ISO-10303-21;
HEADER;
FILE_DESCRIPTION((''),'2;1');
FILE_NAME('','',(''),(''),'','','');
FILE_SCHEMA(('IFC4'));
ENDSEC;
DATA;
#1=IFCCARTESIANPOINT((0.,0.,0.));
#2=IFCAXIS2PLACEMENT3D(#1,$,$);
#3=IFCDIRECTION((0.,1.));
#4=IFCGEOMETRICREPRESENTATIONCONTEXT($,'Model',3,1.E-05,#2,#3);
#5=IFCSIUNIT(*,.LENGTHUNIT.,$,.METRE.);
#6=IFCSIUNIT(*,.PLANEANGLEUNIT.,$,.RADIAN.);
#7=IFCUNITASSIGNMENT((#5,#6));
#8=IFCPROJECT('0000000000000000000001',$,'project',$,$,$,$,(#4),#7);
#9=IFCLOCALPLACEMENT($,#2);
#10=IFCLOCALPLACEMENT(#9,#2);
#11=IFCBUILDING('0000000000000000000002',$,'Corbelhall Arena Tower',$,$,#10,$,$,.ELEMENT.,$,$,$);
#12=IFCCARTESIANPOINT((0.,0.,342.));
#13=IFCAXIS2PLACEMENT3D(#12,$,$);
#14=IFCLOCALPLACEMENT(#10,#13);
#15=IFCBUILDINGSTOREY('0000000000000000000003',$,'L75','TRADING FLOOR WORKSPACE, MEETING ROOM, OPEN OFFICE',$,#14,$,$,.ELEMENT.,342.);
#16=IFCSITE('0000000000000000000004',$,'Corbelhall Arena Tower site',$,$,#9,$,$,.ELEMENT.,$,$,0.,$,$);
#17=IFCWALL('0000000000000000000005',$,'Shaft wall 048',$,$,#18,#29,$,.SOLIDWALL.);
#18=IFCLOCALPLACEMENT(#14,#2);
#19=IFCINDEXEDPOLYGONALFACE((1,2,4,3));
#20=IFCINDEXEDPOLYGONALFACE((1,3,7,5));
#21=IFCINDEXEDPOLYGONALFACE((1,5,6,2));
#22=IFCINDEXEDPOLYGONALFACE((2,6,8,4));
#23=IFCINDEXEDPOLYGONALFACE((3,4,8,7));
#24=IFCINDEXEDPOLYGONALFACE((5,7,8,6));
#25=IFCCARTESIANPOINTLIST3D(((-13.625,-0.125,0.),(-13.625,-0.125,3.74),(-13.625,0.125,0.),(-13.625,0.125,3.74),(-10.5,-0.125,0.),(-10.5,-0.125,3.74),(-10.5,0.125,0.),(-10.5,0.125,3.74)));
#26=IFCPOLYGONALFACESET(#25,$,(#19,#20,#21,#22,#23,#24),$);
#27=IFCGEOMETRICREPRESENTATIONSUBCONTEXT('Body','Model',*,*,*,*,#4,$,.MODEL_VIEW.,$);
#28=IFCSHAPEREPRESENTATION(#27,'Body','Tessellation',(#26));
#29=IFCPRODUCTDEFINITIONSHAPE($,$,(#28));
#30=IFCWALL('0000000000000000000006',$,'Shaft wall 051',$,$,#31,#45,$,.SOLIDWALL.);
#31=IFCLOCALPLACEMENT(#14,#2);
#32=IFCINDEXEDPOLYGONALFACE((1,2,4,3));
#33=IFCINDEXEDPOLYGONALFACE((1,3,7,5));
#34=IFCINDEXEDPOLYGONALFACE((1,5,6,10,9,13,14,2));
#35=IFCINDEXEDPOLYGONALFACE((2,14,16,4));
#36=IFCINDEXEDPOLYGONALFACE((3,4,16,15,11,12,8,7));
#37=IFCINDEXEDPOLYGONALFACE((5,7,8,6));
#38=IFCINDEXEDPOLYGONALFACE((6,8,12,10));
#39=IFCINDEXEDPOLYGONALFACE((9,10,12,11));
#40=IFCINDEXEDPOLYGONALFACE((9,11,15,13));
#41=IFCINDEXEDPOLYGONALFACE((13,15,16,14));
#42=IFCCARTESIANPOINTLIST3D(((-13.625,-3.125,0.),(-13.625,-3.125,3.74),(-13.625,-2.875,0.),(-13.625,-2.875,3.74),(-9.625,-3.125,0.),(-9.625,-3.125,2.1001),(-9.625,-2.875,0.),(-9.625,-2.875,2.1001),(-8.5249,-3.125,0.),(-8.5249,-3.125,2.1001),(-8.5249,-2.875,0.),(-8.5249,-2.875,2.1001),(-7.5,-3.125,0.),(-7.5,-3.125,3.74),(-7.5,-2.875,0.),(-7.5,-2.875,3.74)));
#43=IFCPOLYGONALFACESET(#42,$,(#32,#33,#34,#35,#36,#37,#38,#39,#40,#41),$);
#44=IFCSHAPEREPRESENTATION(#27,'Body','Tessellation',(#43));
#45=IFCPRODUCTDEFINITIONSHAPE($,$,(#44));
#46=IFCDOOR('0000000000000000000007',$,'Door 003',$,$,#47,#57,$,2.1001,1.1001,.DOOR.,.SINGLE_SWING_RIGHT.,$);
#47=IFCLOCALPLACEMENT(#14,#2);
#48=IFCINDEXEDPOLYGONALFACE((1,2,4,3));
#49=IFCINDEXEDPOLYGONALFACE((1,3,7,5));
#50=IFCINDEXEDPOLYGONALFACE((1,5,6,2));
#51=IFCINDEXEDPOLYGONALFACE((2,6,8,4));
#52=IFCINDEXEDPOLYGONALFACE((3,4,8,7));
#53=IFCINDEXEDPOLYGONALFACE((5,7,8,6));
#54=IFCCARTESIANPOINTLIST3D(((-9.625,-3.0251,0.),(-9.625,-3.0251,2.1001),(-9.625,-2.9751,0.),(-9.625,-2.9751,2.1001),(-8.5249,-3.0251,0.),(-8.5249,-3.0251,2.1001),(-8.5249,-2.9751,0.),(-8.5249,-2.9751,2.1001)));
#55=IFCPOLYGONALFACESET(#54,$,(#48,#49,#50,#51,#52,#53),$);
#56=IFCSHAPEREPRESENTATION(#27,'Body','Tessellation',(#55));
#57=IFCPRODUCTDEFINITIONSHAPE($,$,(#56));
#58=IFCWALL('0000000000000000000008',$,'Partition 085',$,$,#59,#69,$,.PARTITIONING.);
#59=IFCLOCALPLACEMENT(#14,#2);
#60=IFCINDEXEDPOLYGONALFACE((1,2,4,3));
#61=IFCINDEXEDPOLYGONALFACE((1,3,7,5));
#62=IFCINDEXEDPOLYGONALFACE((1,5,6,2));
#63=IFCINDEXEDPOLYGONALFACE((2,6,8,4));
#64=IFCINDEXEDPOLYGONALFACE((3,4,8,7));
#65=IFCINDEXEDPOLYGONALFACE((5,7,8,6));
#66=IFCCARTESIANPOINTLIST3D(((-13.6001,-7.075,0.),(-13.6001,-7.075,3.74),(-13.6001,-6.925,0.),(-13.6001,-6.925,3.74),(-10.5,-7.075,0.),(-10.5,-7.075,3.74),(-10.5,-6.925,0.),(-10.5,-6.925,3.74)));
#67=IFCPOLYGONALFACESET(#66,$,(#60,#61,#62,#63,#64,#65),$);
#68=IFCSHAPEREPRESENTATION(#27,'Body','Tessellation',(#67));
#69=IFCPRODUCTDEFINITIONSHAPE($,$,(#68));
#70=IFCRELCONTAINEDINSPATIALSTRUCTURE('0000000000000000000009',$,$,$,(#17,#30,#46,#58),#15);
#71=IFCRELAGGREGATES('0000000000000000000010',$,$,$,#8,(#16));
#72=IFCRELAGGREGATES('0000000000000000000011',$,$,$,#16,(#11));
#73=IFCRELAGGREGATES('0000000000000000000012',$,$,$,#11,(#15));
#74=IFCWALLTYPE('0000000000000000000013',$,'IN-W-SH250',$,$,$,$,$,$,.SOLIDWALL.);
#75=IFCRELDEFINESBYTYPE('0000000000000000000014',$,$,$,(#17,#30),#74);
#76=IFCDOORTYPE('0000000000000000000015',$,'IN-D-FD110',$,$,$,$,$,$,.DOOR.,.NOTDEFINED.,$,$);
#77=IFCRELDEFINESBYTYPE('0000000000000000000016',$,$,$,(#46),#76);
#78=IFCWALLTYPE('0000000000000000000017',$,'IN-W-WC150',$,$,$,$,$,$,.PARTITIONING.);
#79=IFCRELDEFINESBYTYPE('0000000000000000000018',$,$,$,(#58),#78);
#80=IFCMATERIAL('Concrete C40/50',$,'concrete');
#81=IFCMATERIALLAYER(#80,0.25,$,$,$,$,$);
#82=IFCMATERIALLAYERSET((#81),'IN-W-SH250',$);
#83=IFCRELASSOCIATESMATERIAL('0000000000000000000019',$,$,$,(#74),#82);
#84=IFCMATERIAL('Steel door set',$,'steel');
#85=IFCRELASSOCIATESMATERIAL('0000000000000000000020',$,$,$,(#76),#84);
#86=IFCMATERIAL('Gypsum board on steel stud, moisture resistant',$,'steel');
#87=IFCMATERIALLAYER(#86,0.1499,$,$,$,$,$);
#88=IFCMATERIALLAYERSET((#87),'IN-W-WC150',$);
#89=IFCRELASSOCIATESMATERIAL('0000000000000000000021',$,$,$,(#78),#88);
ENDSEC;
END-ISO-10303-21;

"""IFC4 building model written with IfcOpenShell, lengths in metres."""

from ifc_helpers import new_model, si_unit, direction, frame, frame_2d, origin, place, context, subcontext, project, spatial, rectangle, extrude, material, layer, layer_set, type_object, element, fill, save


model = new_model("IFC4")

# Units and contexts
model_context = context("Model", 3, precision=1e-05, world=origin(), true_north=direction((0.0, 1.0)))
body_context = subcontext(model_context, "Body", "Model", "MODEL_VIEW")
ifc_project = project(units=[si_unit("LENGTHUNIT", "METRE"), si_unit("PLANEANGLEUNIT", "RADIAN")], contexts=[model_context])

# Site, building, storey
site_placement = place(None, origin())
site = spatial("IfcSite", under=ifc_project, at=site_placement, Name="Corbelhall Arena Tower site", CompositionType="ELEMENT", RefElevation=0.0)
building_placement = place(site_placement, origin())
building = spatial("IfcBuilding", under=site, at=building_placement, Name="Corbelhall Arena Tower", CompositionType="ELEMENT")
storey_placement = place(building_placement, frame((0.0, 0.0, 342.0)))
storey = spatial("IfcBuildingStorey", under=building, at=storey_placement, Name="L75", Description="TRADING FLOOR WORKSPACE, MEETING ROOM, OPEN OFFICE", CompositionType="ELEMENT", Elevation=342.0)

# Shared definitions
ifc_material_1 = material(Name="Steel door set", Category="steel")

# Wall
ifc_material_2 = material(Name="Concrete C40/50", Category="concrete")
ifc_layer_1 = layer(ifc_material_2, 0.25)
ifc_layer_set_1 = layer_set([ifc_layer_1], Name="IN-W-SH250")
wall_type_1 = type_object("IfcWallType", Name="IN-W-SH250", PredefinedType="SOLIDWALL", material=ifc_layer_set_1)
wall_1_placement = place(storey_placement, frame((-13.625, 0.0, 0.0), z_axis=(0.0, 0.0, 1.0), x_axis=(1.0, 0.0, 0.0)))
element("IfcWall", 1, at=wall_1_placement, inside=storey, type_object=wall_type_1, Name="Shaft wall 048", PredefinedType="SOLIDWALL", context=body_context, shape_type="SweptSolid", body=[
    extrude(rectangle(XDim=3.125, YDim=0.25, at=frame_2d((1.5625, 0.0))), origin(), (0.0, 0.0, 1.0), 3.74),
])

# Wall, opening, door
wall_2_placement = place(storey_placement, frame((-13.625, -3.0, 0.0), z_axis=(0.0, 0.0, 1.0), x_axis=(1.0, 0.0, 0.0)))
wall_2 = element("IfcWall", 2, at=wall_2_placement, inside=storey, type_object=wall_type_1, Name="Shaft wall 051", PredefinedType="SOLIDWALL", context=body_context, shape_type="SweptSolid", body=[
    extrude(rectangle(XDim=6.125, YDim=0.25, at=frame_2d((3.0625, 0.0))), origin(), (0.0, 0.0, 1.0), 3.74),
])
opening_1_placement = place(wall_2_placement, frame((4.0, 0.0, 0.0)))
opening_1 = element("IfcOpeningElement", 3, at=opening_1_placement, cuts=wall_2, PredefinedType="OPENING", context=body_context, shape_type="SweptSolid", body=[
    extrude(rectangle(XDim=1.1001, YDim=2.1001, at=frame_2d((0.55, 1.05))), frame((0.0, 0.125, 0.0), z_axis=(0.0, -1.0, 0.0), x_axis=(1.0, 0.0, 0.0)), (0.0, 0.0, 1.0), 0.25),
])
door_type_1 = type_object("IfcDoorType", Name="IN-D-FD110", OperationType="NOTDEFINED", PredefinedType="DOOR", material=ifc_material_1)
door_1_placement = place(opening_1_placement, origin())
door_1 = element("IfcDoor", 4, at=door_1_placement, inside=storey, type_object=door_type_1, Name="Door 003", OperationType="SINGLE_SWING_RIGHT", OverallHeight=2.1001, OverallWidth=1.1001, PredefinedType="DOOR", context=body_context, shape_type="SweptSolid", body=[
    extrude(rectangle(XDim=1.1001, YDim=2.1001, at=frame_2d((0.55, 1.05))), frame((0.0, 0.0249, 0.0), z_axis=(0.0, -1.0, 0.0), x_axis=(1.0, 0.0, 0.0)), (0.0, 0.0, 1.0), 0.05),
])
fill(opening_1, door_1)

# Wall
ifc_material_3 = material(Name="Gypsum board on steel stud, moisture resistant", Category="steel")
ifc_layer_2 = layer(ifc_material_3, 0.1499)
ifc_layer_set_2 = layer_set([ifc_layer_2], Name="IN-W-WC150")
wall_type_2 = type_object("IfcWallType", Name="IN-W-WC150", PredefinedType="PARTITIONING", material=ifc_layer_set_2)
wall_3_placement = place(storey_placement, frame((-13.6001, -7.0, 0.0), z_axis=(0.0, 0.0, 1.0), x_axis=(1.0, 0.0, 0.0)))
element("IfcWall", 5, at=wall_3_placement, inside=storey, type_object=wall_type_2, Name="Partition 085", PredefinedType="PARTITIONING", context=body_context, shape_type="SweptSolid", body=[
    extrude(rectangle(XDim=3.1001, YDim=0.1499, at=frame_2d((1.55, 0.0))), origin(), (0.0, 0.0, 1.0), 3.74),
])

save(model, "model.ifc")
